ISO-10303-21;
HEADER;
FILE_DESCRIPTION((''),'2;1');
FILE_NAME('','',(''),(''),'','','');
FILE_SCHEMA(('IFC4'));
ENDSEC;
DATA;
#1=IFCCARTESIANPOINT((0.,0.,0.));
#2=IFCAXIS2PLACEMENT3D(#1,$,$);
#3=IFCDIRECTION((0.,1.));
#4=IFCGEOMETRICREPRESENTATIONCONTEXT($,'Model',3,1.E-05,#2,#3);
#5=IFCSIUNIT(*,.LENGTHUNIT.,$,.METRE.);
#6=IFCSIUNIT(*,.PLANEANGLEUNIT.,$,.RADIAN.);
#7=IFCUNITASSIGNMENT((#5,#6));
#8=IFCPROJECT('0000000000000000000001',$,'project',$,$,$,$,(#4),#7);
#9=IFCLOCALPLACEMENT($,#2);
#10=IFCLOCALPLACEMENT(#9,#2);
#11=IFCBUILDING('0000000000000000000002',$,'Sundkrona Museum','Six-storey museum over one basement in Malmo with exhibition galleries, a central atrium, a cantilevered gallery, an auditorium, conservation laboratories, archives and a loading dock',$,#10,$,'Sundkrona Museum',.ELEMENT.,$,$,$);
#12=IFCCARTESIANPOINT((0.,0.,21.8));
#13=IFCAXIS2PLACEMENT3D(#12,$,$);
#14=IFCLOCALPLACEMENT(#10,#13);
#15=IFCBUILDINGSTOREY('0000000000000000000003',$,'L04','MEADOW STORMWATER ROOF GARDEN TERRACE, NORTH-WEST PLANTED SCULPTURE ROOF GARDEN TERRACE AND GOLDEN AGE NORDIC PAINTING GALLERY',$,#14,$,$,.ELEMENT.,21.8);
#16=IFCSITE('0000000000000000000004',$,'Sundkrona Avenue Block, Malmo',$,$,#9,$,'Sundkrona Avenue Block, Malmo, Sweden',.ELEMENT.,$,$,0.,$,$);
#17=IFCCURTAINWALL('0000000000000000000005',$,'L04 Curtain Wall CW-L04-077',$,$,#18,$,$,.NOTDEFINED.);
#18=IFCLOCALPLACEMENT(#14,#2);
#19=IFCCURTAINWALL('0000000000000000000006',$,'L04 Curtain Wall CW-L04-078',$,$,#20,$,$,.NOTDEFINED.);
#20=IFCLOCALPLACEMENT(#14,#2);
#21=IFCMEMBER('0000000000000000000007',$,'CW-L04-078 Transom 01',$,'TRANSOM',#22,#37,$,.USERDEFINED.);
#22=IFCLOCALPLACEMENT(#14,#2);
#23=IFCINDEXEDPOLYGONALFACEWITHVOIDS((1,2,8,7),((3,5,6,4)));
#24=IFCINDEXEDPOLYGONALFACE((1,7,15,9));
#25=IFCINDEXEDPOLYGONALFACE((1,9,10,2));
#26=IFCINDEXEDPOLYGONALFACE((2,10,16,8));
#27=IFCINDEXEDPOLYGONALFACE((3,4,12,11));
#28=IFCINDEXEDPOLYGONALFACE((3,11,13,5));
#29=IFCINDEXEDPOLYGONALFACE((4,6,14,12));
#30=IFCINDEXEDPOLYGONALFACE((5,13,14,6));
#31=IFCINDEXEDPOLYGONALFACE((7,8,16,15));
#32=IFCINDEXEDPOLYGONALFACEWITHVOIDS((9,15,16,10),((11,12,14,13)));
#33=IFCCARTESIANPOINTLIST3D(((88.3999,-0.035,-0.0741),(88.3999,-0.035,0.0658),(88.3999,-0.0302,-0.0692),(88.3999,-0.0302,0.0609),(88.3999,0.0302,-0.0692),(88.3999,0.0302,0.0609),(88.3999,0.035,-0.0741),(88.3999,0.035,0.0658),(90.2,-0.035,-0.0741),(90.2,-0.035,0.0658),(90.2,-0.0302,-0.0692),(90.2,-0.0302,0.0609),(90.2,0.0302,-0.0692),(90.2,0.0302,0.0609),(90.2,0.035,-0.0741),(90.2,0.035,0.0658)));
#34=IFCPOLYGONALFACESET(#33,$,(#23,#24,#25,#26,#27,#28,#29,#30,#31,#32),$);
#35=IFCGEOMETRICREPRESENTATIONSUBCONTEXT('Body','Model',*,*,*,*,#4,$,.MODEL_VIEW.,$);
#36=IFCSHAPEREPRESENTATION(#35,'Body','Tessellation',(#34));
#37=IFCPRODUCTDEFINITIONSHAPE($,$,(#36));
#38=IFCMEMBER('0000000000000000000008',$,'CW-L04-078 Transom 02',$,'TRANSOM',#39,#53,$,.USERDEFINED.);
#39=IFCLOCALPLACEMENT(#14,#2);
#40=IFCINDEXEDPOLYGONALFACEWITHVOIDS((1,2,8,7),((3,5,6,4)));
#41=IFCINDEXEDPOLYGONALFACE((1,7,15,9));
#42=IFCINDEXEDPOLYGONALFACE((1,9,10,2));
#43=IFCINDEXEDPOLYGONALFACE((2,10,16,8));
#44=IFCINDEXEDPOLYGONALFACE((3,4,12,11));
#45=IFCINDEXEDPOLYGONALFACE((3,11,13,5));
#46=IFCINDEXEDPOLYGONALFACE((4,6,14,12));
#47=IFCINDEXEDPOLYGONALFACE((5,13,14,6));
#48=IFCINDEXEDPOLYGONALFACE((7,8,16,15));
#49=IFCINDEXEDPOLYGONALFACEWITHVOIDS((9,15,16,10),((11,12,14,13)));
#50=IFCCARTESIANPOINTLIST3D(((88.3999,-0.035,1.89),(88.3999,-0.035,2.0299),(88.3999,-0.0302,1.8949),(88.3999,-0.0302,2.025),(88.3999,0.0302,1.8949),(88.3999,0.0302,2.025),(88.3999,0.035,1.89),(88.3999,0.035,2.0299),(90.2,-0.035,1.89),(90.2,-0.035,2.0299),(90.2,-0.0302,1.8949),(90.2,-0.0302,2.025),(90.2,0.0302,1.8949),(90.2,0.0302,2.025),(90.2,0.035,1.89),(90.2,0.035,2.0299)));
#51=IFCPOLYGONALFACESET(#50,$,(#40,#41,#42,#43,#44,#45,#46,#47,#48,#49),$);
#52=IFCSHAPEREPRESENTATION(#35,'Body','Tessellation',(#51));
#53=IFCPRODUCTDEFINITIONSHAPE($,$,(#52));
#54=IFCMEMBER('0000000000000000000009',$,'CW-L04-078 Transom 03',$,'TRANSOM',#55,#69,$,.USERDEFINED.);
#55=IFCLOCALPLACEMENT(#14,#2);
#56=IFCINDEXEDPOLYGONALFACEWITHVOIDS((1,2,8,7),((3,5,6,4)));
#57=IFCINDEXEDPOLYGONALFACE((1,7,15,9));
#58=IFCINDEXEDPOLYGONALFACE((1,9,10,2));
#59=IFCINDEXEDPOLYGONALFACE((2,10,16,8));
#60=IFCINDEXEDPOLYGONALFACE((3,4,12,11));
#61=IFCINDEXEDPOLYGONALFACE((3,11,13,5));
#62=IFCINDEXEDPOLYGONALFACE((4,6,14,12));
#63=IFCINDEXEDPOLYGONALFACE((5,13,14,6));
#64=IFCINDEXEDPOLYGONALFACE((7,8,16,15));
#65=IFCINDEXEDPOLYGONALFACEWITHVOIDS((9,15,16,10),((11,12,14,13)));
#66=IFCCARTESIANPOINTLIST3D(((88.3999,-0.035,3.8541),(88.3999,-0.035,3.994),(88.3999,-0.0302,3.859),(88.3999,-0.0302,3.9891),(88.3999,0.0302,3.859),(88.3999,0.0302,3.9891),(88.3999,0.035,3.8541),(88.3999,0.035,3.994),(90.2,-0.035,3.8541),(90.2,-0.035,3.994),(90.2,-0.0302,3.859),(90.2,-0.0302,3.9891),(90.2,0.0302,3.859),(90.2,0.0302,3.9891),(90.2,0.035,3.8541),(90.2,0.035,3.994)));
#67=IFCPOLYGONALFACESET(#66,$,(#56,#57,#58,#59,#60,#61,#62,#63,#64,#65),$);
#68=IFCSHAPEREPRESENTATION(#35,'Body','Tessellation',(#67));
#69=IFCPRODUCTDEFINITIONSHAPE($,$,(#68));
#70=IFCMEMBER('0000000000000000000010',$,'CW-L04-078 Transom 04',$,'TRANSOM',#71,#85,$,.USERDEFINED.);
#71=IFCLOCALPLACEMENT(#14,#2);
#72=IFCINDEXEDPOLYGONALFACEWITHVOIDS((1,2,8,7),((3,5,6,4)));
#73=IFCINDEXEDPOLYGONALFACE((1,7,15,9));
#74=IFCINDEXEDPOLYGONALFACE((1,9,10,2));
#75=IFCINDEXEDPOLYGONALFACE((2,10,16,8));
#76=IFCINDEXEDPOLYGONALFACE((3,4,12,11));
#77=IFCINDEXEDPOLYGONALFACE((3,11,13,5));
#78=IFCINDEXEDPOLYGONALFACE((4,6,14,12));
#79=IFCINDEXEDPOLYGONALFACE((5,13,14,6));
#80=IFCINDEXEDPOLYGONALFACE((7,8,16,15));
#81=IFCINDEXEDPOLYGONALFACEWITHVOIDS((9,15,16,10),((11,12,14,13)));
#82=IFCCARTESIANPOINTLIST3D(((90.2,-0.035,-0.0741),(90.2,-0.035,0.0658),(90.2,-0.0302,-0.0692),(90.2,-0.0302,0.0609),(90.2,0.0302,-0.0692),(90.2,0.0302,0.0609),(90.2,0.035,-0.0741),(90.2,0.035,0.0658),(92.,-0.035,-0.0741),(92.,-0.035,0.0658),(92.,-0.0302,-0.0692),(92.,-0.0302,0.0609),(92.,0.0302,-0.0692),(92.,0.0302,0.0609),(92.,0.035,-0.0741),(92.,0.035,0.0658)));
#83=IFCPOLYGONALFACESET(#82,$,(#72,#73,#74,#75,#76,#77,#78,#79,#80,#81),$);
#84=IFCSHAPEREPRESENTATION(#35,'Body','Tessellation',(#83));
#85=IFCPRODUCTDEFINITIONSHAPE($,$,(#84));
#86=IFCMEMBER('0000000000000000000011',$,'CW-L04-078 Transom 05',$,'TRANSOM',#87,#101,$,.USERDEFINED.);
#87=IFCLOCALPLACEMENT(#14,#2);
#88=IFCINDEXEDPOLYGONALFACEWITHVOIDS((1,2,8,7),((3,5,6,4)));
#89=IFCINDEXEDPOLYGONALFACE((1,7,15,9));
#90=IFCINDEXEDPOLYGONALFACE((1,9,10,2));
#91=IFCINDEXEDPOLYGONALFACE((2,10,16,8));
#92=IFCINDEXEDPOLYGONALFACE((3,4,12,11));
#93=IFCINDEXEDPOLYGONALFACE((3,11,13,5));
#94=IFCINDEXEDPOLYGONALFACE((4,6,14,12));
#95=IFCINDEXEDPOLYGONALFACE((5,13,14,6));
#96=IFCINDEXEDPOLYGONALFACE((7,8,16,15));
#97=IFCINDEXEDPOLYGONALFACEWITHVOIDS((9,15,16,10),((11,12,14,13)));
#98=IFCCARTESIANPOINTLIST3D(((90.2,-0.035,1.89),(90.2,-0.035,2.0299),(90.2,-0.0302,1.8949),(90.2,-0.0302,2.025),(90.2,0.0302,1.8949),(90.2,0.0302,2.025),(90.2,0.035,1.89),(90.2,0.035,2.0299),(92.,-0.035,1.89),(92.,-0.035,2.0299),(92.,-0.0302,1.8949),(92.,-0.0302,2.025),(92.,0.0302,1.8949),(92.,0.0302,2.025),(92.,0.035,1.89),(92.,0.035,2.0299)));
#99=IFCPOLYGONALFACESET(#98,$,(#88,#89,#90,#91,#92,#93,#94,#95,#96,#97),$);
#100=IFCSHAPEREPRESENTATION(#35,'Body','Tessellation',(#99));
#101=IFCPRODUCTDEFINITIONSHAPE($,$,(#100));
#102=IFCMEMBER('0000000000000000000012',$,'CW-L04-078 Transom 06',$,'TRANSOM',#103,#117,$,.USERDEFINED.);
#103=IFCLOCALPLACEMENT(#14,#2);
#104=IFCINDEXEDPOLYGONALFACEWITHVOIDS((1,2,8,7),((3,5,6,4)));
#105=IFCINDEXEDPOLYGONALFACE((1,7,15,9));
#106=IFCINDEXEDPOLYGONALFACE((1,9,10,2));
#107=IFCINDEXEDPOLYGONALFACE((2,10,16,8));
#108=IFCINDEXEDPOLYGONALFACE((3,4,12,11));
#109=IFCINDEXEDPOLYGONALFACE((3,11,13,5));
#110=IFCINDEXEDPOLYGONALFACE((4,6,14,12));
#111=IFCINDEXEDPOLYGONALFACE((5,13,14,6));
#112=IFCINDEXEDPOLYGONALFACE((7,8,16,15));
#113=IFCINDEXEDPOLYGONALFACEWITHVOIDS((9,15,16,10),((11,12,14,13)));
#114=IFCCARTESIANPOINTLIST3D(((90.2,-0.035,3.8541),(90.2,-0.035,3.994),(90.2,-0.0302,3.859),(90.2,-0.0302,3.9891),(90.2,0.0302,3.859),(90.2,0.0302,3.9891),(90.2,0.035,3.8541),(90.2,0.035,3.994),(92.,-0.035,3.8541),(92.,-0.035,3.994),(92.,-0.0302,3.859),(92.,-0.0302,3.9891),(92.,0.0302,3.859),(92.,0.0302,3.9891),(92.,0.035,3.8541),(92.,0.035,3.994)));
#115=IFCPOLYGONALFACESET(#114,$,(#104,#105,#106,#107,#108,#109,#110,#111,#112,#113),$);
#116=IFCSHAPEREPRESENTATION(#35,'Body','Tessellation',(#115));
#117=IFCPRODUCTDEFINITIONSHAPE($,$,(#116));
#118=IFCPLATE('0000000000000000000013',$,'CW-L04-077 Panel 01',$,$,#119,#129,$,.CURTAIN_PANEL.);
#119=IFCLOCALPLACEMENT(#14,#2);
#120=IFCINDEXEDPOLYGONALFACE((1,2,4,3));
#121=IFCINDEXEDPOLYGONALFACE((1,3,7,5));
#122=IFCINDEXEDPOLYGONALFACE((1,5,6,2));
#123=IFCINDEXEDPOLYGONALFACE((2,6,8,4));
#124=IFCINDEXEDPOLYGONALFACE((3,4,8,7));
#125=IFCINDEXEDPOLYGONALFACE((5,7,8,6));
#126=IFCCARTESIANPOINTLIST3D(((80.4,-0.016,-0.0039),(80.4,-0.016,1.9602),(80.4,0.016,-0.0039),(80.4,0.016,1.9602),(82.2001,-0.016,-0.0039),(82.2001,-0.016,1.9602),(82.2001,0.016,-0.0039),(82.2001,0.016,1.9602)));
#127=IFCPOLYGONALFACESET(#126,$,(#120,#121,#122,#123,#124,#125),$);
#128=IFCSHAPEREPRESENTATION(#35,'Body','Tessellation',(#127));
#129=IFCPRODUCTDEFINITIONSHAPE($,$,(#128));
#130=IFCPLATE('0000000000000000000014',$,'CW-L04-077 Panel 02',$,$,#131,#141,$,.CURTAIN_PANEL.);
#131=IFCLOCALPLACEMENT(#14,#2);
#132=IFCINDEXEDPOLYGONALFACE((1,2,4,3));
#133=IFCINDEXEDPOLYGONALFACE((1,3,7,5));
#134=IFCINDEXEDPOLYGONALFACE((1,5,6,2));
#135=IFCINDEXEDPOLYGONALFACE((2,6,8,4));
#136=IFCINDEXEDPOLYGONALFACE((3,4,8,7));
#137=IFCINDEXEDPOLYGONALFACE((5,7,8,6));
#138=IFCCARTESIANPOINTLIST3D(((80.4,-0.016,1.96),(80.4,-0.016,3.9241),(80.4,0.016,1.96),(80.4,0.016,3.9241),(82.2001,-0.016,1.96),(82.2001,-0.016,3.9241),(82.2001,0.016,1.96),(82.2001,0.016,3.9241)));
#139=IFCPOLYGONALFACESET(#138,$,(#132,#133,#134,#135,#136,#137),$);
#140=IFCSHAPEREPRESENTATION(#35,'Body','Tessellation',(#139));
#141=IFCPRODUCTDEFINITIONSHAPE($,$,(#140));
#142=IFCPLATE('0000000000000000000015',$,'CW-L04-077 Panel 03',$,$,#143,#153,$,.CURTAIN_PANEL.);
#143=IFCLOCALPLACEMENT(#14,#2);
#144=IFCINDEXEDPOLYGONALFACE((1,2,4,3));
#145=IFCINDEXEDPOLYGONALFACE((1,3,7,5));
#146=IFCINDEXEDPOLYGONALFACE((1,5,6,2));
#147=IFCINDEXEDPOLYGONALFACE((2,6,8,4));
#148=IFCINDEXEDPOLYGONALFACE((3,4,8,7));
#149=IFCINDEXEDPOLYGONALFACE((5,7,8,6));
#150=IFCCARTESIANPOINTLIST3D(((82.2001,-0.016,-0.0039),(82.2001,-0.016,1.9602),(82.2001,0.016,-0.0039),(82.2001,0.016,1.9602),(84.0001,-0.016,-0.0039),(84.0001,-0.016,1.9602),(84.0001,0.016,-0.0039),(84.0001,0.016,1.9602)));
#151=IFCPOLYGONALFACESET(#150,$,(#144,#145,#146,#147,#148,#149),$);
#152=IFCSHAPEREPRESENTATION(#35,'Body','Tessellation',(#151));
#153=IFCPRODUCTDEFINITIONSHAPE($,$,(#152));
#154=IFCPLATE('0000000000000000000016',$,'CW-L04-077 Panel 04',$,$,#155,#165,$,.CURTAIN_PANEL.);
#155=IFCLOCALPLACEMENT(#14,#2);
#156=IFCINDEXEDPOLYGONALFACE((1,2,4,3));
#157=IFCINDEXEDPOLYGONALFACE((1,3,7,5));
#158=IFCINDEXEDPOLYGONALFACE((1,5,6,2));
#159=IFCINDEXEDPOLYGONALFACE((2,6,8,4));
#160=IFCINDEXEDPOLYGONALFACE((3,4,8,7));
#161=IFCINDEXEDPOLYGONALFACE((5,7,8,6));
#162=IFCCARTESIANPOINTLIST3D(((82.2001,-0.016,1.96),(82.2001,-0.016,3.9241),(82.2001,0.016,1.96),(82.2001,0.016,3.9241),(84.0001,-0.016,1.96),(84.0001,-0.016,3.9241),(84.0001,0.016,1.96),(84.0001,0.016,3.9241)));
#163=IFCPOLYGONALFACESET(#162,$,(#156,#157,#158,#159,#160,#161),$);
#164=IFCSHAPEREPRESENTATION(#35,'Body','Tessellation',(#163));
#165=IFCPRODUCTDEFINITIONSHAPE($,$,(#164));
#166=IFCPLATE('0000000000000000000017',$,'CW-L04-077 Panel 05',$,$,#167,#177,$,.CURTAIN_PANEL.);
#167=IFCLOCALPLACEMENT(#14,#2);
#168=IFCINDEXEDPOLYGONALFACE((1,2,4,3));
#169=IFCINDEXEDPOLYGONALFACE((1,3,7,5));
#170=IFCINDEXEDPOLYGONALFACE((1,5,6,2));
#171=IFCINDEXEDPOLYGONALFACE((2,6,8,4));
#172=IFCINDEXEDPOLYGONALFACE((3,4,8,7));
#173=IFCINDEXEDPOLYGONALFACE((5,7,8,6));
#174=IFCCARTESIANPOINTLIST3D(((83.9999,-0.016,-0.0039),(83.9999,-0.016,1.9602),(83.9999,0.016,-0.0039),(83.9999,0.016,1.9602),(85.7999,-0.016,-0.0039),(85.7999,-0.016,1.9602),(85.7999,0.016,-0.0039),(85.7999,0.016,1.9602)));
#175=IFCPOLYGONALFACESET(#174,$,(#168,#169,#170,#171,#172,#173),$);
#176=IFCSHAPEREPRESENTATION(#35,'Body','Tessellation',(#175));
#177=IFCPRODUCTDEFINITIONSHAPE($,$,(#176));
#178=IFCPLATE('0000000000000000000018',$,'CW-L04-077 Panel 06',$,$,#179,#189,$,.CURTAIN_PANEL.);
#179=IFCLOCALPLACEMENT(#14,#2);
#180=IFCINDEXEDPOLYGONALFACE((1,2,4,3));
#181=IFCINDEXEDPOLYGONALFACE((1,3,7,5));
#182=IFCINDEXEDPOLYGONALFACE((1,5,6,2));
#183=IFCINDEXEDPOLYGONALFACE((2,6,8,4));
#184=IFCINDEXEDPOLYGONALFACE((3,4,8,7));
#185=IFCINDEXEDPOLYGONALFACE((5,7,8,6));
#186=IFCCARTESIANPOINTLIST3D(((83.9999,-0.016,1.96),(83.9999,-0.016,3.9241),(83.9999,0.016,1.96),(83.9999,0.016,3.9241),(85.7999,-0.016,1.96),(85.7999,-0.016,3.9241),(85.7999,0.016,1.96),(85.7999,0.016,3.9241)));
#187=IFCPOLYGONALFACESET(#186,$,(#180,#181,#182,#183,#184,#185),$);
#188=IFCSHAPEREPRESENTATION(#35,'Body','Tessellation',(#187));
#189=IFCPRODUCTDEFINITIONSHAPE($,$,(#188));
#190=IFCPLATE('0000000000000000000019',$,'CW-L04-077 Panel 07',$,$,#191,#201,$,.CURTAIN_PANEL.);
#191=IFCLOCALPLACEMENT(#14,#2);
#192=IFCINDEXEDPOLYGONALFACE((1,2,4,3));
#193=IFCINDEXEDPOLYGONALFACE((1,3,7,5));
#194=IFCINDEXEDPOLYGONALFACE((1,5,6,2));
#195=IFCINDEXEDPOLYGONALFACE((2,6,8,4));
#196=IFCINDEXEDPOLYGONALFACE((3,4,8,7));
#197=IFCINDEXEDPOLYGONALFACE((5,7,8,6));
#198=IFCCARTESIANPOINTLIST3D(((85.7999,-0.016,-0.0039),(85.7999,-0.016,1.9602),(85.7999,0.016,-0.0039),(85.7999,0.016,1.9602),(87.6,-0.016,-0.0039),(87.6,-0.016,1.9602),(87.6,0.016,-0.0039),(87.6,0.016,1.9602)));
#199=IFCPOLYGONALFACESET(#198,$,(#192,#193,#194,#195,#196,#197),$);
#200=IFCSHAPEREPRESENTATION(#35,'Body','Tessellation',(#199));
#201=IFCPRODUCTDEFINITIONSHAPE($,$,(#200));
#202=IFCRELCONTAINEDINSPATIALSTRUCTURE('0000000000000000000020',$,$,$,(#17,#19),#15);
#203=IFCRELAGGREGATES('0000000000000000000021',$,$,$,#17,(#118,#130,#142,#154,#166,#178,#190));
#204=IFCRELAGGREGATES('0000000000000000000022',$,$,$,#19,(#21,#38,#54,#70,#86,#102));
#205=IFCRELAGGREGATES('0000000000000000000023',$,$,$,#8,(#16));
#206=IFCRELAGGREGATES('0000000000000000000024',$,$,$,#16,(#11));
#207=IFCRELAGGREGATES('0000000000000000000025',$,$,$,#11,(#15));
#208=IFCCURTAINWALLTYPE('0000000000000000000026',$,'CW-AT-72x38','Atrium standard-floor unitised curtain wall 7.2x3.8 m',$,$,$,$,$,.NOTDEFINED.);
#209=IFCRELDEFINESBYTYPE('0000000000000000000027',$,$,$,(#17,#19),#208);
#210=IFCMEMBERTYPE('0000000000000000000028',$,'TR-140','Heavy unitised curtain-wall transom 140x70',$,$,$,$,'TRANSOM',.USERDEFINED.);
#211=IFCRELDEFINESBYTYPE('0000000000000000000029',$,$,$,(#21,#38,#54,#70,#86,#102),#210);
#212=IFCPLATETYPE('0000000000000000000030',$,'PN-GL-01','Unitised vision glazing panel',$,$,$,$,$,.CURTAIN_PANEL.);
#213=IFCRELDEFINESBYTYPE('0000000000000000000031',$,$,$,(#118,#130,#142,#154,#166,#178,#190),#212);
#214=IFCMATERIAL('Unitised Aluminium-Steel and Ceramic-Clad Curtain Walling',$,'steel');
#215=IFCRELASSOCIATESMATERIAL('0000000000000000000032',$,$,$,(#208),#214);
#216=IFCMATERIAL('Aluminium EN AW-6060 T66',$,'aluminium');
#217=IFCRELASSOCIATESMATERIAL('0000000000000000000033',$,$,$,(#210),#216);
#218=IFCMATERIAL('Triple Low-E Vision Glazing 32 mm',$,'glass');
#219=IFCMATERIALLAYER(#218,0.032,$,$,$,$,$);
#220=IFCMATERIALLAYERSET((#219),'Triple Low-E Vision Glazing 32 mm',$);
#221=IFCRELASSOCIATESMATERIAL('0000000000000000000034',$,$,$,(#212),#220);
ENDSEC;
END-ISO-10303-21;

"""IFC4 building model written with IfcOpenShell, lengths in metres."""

from ifc_helpers import new_model, si_unit, direction, frame, origin, origin_2d, place, context, subcontext, project, spatial, rectangle, hollow_rectangle, extrude, material, layer, layer_set, material_profile, profile_set, type_object, element, aggregate, save


model = new_model("IFC4")

# Units and contexts
model_context = context("Model", 3, precision=1e-05, world=origin(), true_north=direction((0.0, 1.0)))
body_context = subcontext(model_context, "Body", "Model", "MODEL_VIEW")
ifc_project = project(units=[si_unit("LENGTHUNIT", "METRE"), si_unit("PLANEANGLEUNIT", "RADIAN")], contexts=[model_context])

# Site, building, storey
site_placement = place(None, origin())
site = spatial("IfcSite", under=ifc_project, at=site_placement, Name="Sundkrona Avenue Block, Malmo", LongName="Sundkrona Avenue Block, Malmo, Sweden", CompositionType="ELEMENT", RefElevation=0.0)
building_placement = place(site_placement, origin())
building = spatial("IfcBuilding", under=site, at=building_placement, Name="Sundkrona Museum", Description="Six-storey museum over one basement in Malmo with exhibition galleries, a central atrium, a cantilevered gallery, an auditorium, conservation laboratories, archives and a loading dock", LongName="Sundkrona Museum", CompositionType="ELEMENT")
storey_placement = place(building_placement, frame((0.0, 0.0, 21.8)))
storey = spatial("IfcBuildingStorey", under=building, at=storey_placement, Name="L04", Description="MEADOW STORMWATER ROOF GARDEN TERRACE, NORTH-WEST PLANTED SCULPTURE ROOF GARDEN TERRACE AND GOLDEN AGE NORDIC PAINTING GALLERY", CompositionType="ELEMENT", Elevation=21.8)

# Curtain walls
ifc_material_1 = material(Name="Unitised Aluminium-Steel and Ceramic-Clad Curtain Walling", Category="steel")
curtain_wall_type = type_object("IfcCurtainWallType", Name="CW-AT-72x38", Description="Atrium standard-floor unitised curtain wall 7.2x3.8 m", PredefinedType="NOTDEFINED", material=ifc_material_1)
curtain_wall_1_placement = place(storey_placement, origin())
curtain_wall_1 = element("IfcCurtainWall", 1, at=curtain_wall_1_placement, inside=storey, type_object=curtain_wall_type, Name="L04 Curtain Wall CW-L04-077", PredefinedType="NOTDEFINED")
ifc_material_2 = material(Name="Aluminium EN AW-6060 T66", Category="aluminium")
curtain_wall_2_placement = place(storey_placement, origin())
curtain_wall_2 = element("IfcCurtainWall", 2, at=curtain_wall_2_placement, inside=storey, type_object=curtain_wall_type, Name="L04 Curtain Wall CW-L04-078", PredefinedType="NOTDEFINED")

# Members
ifc_material_profile_1 = material_profile(ifc_material_2, hollow_rectangle(XDim=0.0701, YDim=0.1399, WallThickness=0.0049, at=origin_2d()), Name="RHS 140x70x5.0")
ifc_profile_set_1 = profile_set([ifc_material_profile_1], Name="Aluminium EN AW-6060 T66")
member_type_1 = type_object("IfcMemberType", Name="TR-140", Description="Heavy unitised curtain-wall transom 140x70", ElementType="TRANSOM", PredefinedType="USERDEFINED", material=ifc_profile_set_1)
member_1_placement = place(storey_placement, frame((88.3999, 0.0, -0.0042), z_axis=(1.0, 0.0, 0.0), x_axis=(0.0, 1.0, 0.0)))
member_1 = element("IfcMember", 3, at=member_1_placement, type_object=member_type_1, Name="CW-L04-078 Transom 01", ObjectType="TRANSOM", PredefinedType="USERDEFINED", context=body_context, shape_type="SweptSolid", body=[
    extrude(hollow_rectangle(XDim=0.0701, YDim=0.1399, WallThickness=0.0049, at=origin_2d()), origin(), (0.0, 0.0, 1.0), 1.8),
])
member_2_placement = place(storey_placement, frame((88.3999, 0.0, 1.96), z_axis=(1.0, 0.0, 0.0), x_axis=(0.0, 1.0, 0.0)))
member_2 = element("IfcMember", 4, at=member_2_placement, type_object=member_type_1, Name="CW-L04-078 Transom 02", ObjectType="TRANSOM", PredefinedType="USERDEFINED", context=body_context, shape_type="SweptSolid", body=[
    extrude(hollow_rectangle(XDim=0.0701, YDim=0.1399, WallThickness=0.0049, at=origin_2d()), origin(), (0.0, 0.0, 1.0), 1.8),
])
member_3_placement = place(storey_placement, frame((88.3999, 0.0, 3.9241), z_axis=(1.0, 0.0, 0.0), x_axis=(0.0, 1.0, 0.0)))
member_3 = element("IfcMember", 5, at=member_3_placement, type_object=member_type_1, Name="CW-L04-078 Transom 03", ObjectType="TRANSOM", PredefinedType="USERDEFINED", context=body_context, shape_type="SweptSolid", body=[
    extrude(hollow_rectangle(XDim=0.0701, YDim=0.1399, WallThickness=0.0049, at=origin_2d()), origin(), (0.0, 0.0, 1.0), 1.8),
])
member_4_placement = place(storey_placement, frame((90.2, 0.0, -0.0042), z_axis=(1.0, 0.0, 0.0), x_axis=(0.0, 1.0, 0.0)))
member_4 = element("IfcMember", 6, at=member_4_placement, type_object=member_type_1, Name="CW-L04-078 Transom 04", ObjectType="TRANSOM", PredefinedType="USERDEFINED", context=body_context, shape_type="SweptSolid", body=[
    extrude(hollow_rectangle(XDim=0.0701, YDim=0.1399, WallThickness=0.0049, at=origin_2d()), origin(), (0.0, 0.0, 1.0), 1.8),
])
member_5_placement = place(storey_placement, frame((90.2, 0.0, 1.96), z_axis=(1.0, 0.0, 0.0), x_axis=(0.0, 1.0, 0.0)))
member_5 = element("IfcMember", 7, at=member_5_placement, type_object=member_type_1, Name="CW-L04-078 Transom 05", ObjectType="TRANSOM", PredefinedType="USERDEFINED", context=body_context, shape_type="SweptSolid", body=[
    extrude(hollow_rectangle(XDim=0.0701, YDim=0.1399, WallThickness=0.0049, at=origin_2d()), origin(), (0.0, 0.0, 1.0), 1.8),
])
member_6_placement = place(storey_placement, frame((90.2, 0.0, 3.9241), z_axis=(1.0, 0.0, 0.0), x_axis=(0.0, 1.0, 0.0)))
member_6 = element("IfcMember", 8, at=member_6_placement, type_object=member_type_1, Name="CW-L04-078 Transom 06", ObjectType="TRANSOM", PredefinedType="USERDEFINED", context=body_context, shape_type="SweptSolid", body=[
    extrude(hollow_rectangle(XDim=0.0701, YDim=0.1399, WallThickness=0.0049, at=origin_2d()), origin(), (0.0, 0.0, 1.0), 1.8),
])

# Plates
ifc_material_3 = material(Name="Triple Low-E Vision Glazing 32 mm", Category="glass")
ifc_layer = layer(ifc_material_3, 0.032)
ifc_layer_set = layer_set([ifc_layer], Name="Triple Low-E Vision Glazing 32 mm")
plate_type = type_object("IfcPlateType", Name="PN-GL-01", Description="Unitised vision glazing panel", PredefinedType="CURTAIN_PANEL", material=ifc_layer_set)
plate_1_placement = place(storey_placement, frame((81.3, 0.0, -0.0039), z_axis=(0.0, 0.0, 1.0), x_axis=(1.0, 0.0, 0.0)))
plate_1 = element("IfcPlate", 9, at=plate_1_placement, type_object=plate_type, Name="CW-L04-077 Panel 01", PredefinedType="CURTAIN_PANEL", context=body_context, shape_type="SweptSolid", body=[
    extrude(rectangle(XDim=1.8, YDim=0.032, at=origin_2d()), origin(), (0.0, 0.0, 1.0), 1.9641),
])
plate_2_placement = place(storey_placement, frame((81.3, 0.0, 1.96), z_axis=(0.0, 0.0, 1.0), x_axis=(1.0, 0.0, 0.0)))
plate_2 = element("IfcPlate", 10, at=plate_2_placement, type_object=plate_type, Name="CW-L04-077 Panel 02", PredefinedType="CURTAIN_PANEL", context=body_context, shape_type="SweptSolid", body=[
    extrude(rectangle(XDim=1.8, YDim=0.032, at=origin_2d()), origin(), (0.0, 0.0, 1.0), 1.9641),
])
plate_3_placement = place(storey_placement, frame((83.1001, 0.0, -0.0039), z_axis=(0.0, 0.0, 1.0), x_axis=(1.0, 0.0, 0.0)))
plate_3 = element("IfcPlate", 11, at=plate_3_placement, type_object=plate_type, Name="CW-L04-077 Panel 03", PredefinedType="CURTAIN_PANEL", context=body_context, shape_type="SweptSolid", body=[
    extrude(rectangle(XDim=1.8, YDim=0.032, at=origin_2d()), origin(), (0.0, 0.0, 1.0), 1.9641),
])
plate_4_placement = place(storey_placement, frame((83.1001, 0.0, 1.96), z_axis=(0.0, 0.0, 1.0), x_axis=(1.0, 0.0, 0.0)))
plate_4 = element("IfcPlate", 12, at=plate_4_placement, type_object=plate_type, Name="CW-L04-077 Panel 04", PredefinedType="CURTAIN_PANEL", context=body_context, shape_type="SweptSolid", body=[
    extrude(rectangle(XDim=1.8, YDim=0.032, at=origin_2d()), origin(), (0.0, 0.0, 1.0), 1.9641),
])
plate_5_placement = place(storey_placement, frame((84.8999, 0.0, -0.0039), z_axis=(0.0, 0.0, 1.0), x_axis=(1.0, 0.0, 0.0)))
plate_5 = element("IfcPlate", 13, at=plate_5_placement, type_object=plate_type, Name="CW-L04-077 Panel 05", PredefinedType="CURTAIN_PANEL", context=body_context, shape_type="SweptSolid", body=[
    extrude(rectangle(XDim=1.8, YDim=0.032, at=origin_2d()), origin(), (0.0, 0.0, 1.0), 1.9641),
])
plate_6_placement = place(storey_placement, frame((84.8999, 0.0, 1.96), z_axis=(0.0, 0.0, 1.0), x_axis=(1.0, 0.0, 0.0)))
plate_6 = element("IfcPlate", 14, at=plate_6_placement, type_object=plate_type, Name="CW-L04-077 Panel 06", PredefinedType="CURTAIN_PANEL", context=body_context, shape_type="SweptSolid", body=[
    extrude(rectangle(XDim=1.8, YDim=0.032, at=origin_2d()), origin(), (0.0, 0.0, 1.0), 1.9641),
])
plate_7_placement = place(storey_placement, frame((86.7, 0.0, -0.0039), z_axis=(0.0, 0.0, 1.0), x_axis=(1.0, 0.0, 0.0)))
plate_7 = element("IfcPlate", 15, at=plate_7_placement, type_object=plate_type, Name="CW-L04-077 Panel 07", PredefinedType="CURTAIN_PANEL", context=body_context, shape_type="SweptSolid", body=[
    extrude(rectangle(XDim=1.8, YDim=0.032, at=origin_2d()), origin(), (0.0, 0.0, 1.0), 1.9641),
])
aggregate(curtain_wall_1, [plate_1, plate_2, plate_3, plate_4, plate_5, plate_6, plate_7])
aggregate(curtain_wall_2, [member_1, member_2, member_3, member_4, member_5, member_6])

save(model, "model.ifc")
